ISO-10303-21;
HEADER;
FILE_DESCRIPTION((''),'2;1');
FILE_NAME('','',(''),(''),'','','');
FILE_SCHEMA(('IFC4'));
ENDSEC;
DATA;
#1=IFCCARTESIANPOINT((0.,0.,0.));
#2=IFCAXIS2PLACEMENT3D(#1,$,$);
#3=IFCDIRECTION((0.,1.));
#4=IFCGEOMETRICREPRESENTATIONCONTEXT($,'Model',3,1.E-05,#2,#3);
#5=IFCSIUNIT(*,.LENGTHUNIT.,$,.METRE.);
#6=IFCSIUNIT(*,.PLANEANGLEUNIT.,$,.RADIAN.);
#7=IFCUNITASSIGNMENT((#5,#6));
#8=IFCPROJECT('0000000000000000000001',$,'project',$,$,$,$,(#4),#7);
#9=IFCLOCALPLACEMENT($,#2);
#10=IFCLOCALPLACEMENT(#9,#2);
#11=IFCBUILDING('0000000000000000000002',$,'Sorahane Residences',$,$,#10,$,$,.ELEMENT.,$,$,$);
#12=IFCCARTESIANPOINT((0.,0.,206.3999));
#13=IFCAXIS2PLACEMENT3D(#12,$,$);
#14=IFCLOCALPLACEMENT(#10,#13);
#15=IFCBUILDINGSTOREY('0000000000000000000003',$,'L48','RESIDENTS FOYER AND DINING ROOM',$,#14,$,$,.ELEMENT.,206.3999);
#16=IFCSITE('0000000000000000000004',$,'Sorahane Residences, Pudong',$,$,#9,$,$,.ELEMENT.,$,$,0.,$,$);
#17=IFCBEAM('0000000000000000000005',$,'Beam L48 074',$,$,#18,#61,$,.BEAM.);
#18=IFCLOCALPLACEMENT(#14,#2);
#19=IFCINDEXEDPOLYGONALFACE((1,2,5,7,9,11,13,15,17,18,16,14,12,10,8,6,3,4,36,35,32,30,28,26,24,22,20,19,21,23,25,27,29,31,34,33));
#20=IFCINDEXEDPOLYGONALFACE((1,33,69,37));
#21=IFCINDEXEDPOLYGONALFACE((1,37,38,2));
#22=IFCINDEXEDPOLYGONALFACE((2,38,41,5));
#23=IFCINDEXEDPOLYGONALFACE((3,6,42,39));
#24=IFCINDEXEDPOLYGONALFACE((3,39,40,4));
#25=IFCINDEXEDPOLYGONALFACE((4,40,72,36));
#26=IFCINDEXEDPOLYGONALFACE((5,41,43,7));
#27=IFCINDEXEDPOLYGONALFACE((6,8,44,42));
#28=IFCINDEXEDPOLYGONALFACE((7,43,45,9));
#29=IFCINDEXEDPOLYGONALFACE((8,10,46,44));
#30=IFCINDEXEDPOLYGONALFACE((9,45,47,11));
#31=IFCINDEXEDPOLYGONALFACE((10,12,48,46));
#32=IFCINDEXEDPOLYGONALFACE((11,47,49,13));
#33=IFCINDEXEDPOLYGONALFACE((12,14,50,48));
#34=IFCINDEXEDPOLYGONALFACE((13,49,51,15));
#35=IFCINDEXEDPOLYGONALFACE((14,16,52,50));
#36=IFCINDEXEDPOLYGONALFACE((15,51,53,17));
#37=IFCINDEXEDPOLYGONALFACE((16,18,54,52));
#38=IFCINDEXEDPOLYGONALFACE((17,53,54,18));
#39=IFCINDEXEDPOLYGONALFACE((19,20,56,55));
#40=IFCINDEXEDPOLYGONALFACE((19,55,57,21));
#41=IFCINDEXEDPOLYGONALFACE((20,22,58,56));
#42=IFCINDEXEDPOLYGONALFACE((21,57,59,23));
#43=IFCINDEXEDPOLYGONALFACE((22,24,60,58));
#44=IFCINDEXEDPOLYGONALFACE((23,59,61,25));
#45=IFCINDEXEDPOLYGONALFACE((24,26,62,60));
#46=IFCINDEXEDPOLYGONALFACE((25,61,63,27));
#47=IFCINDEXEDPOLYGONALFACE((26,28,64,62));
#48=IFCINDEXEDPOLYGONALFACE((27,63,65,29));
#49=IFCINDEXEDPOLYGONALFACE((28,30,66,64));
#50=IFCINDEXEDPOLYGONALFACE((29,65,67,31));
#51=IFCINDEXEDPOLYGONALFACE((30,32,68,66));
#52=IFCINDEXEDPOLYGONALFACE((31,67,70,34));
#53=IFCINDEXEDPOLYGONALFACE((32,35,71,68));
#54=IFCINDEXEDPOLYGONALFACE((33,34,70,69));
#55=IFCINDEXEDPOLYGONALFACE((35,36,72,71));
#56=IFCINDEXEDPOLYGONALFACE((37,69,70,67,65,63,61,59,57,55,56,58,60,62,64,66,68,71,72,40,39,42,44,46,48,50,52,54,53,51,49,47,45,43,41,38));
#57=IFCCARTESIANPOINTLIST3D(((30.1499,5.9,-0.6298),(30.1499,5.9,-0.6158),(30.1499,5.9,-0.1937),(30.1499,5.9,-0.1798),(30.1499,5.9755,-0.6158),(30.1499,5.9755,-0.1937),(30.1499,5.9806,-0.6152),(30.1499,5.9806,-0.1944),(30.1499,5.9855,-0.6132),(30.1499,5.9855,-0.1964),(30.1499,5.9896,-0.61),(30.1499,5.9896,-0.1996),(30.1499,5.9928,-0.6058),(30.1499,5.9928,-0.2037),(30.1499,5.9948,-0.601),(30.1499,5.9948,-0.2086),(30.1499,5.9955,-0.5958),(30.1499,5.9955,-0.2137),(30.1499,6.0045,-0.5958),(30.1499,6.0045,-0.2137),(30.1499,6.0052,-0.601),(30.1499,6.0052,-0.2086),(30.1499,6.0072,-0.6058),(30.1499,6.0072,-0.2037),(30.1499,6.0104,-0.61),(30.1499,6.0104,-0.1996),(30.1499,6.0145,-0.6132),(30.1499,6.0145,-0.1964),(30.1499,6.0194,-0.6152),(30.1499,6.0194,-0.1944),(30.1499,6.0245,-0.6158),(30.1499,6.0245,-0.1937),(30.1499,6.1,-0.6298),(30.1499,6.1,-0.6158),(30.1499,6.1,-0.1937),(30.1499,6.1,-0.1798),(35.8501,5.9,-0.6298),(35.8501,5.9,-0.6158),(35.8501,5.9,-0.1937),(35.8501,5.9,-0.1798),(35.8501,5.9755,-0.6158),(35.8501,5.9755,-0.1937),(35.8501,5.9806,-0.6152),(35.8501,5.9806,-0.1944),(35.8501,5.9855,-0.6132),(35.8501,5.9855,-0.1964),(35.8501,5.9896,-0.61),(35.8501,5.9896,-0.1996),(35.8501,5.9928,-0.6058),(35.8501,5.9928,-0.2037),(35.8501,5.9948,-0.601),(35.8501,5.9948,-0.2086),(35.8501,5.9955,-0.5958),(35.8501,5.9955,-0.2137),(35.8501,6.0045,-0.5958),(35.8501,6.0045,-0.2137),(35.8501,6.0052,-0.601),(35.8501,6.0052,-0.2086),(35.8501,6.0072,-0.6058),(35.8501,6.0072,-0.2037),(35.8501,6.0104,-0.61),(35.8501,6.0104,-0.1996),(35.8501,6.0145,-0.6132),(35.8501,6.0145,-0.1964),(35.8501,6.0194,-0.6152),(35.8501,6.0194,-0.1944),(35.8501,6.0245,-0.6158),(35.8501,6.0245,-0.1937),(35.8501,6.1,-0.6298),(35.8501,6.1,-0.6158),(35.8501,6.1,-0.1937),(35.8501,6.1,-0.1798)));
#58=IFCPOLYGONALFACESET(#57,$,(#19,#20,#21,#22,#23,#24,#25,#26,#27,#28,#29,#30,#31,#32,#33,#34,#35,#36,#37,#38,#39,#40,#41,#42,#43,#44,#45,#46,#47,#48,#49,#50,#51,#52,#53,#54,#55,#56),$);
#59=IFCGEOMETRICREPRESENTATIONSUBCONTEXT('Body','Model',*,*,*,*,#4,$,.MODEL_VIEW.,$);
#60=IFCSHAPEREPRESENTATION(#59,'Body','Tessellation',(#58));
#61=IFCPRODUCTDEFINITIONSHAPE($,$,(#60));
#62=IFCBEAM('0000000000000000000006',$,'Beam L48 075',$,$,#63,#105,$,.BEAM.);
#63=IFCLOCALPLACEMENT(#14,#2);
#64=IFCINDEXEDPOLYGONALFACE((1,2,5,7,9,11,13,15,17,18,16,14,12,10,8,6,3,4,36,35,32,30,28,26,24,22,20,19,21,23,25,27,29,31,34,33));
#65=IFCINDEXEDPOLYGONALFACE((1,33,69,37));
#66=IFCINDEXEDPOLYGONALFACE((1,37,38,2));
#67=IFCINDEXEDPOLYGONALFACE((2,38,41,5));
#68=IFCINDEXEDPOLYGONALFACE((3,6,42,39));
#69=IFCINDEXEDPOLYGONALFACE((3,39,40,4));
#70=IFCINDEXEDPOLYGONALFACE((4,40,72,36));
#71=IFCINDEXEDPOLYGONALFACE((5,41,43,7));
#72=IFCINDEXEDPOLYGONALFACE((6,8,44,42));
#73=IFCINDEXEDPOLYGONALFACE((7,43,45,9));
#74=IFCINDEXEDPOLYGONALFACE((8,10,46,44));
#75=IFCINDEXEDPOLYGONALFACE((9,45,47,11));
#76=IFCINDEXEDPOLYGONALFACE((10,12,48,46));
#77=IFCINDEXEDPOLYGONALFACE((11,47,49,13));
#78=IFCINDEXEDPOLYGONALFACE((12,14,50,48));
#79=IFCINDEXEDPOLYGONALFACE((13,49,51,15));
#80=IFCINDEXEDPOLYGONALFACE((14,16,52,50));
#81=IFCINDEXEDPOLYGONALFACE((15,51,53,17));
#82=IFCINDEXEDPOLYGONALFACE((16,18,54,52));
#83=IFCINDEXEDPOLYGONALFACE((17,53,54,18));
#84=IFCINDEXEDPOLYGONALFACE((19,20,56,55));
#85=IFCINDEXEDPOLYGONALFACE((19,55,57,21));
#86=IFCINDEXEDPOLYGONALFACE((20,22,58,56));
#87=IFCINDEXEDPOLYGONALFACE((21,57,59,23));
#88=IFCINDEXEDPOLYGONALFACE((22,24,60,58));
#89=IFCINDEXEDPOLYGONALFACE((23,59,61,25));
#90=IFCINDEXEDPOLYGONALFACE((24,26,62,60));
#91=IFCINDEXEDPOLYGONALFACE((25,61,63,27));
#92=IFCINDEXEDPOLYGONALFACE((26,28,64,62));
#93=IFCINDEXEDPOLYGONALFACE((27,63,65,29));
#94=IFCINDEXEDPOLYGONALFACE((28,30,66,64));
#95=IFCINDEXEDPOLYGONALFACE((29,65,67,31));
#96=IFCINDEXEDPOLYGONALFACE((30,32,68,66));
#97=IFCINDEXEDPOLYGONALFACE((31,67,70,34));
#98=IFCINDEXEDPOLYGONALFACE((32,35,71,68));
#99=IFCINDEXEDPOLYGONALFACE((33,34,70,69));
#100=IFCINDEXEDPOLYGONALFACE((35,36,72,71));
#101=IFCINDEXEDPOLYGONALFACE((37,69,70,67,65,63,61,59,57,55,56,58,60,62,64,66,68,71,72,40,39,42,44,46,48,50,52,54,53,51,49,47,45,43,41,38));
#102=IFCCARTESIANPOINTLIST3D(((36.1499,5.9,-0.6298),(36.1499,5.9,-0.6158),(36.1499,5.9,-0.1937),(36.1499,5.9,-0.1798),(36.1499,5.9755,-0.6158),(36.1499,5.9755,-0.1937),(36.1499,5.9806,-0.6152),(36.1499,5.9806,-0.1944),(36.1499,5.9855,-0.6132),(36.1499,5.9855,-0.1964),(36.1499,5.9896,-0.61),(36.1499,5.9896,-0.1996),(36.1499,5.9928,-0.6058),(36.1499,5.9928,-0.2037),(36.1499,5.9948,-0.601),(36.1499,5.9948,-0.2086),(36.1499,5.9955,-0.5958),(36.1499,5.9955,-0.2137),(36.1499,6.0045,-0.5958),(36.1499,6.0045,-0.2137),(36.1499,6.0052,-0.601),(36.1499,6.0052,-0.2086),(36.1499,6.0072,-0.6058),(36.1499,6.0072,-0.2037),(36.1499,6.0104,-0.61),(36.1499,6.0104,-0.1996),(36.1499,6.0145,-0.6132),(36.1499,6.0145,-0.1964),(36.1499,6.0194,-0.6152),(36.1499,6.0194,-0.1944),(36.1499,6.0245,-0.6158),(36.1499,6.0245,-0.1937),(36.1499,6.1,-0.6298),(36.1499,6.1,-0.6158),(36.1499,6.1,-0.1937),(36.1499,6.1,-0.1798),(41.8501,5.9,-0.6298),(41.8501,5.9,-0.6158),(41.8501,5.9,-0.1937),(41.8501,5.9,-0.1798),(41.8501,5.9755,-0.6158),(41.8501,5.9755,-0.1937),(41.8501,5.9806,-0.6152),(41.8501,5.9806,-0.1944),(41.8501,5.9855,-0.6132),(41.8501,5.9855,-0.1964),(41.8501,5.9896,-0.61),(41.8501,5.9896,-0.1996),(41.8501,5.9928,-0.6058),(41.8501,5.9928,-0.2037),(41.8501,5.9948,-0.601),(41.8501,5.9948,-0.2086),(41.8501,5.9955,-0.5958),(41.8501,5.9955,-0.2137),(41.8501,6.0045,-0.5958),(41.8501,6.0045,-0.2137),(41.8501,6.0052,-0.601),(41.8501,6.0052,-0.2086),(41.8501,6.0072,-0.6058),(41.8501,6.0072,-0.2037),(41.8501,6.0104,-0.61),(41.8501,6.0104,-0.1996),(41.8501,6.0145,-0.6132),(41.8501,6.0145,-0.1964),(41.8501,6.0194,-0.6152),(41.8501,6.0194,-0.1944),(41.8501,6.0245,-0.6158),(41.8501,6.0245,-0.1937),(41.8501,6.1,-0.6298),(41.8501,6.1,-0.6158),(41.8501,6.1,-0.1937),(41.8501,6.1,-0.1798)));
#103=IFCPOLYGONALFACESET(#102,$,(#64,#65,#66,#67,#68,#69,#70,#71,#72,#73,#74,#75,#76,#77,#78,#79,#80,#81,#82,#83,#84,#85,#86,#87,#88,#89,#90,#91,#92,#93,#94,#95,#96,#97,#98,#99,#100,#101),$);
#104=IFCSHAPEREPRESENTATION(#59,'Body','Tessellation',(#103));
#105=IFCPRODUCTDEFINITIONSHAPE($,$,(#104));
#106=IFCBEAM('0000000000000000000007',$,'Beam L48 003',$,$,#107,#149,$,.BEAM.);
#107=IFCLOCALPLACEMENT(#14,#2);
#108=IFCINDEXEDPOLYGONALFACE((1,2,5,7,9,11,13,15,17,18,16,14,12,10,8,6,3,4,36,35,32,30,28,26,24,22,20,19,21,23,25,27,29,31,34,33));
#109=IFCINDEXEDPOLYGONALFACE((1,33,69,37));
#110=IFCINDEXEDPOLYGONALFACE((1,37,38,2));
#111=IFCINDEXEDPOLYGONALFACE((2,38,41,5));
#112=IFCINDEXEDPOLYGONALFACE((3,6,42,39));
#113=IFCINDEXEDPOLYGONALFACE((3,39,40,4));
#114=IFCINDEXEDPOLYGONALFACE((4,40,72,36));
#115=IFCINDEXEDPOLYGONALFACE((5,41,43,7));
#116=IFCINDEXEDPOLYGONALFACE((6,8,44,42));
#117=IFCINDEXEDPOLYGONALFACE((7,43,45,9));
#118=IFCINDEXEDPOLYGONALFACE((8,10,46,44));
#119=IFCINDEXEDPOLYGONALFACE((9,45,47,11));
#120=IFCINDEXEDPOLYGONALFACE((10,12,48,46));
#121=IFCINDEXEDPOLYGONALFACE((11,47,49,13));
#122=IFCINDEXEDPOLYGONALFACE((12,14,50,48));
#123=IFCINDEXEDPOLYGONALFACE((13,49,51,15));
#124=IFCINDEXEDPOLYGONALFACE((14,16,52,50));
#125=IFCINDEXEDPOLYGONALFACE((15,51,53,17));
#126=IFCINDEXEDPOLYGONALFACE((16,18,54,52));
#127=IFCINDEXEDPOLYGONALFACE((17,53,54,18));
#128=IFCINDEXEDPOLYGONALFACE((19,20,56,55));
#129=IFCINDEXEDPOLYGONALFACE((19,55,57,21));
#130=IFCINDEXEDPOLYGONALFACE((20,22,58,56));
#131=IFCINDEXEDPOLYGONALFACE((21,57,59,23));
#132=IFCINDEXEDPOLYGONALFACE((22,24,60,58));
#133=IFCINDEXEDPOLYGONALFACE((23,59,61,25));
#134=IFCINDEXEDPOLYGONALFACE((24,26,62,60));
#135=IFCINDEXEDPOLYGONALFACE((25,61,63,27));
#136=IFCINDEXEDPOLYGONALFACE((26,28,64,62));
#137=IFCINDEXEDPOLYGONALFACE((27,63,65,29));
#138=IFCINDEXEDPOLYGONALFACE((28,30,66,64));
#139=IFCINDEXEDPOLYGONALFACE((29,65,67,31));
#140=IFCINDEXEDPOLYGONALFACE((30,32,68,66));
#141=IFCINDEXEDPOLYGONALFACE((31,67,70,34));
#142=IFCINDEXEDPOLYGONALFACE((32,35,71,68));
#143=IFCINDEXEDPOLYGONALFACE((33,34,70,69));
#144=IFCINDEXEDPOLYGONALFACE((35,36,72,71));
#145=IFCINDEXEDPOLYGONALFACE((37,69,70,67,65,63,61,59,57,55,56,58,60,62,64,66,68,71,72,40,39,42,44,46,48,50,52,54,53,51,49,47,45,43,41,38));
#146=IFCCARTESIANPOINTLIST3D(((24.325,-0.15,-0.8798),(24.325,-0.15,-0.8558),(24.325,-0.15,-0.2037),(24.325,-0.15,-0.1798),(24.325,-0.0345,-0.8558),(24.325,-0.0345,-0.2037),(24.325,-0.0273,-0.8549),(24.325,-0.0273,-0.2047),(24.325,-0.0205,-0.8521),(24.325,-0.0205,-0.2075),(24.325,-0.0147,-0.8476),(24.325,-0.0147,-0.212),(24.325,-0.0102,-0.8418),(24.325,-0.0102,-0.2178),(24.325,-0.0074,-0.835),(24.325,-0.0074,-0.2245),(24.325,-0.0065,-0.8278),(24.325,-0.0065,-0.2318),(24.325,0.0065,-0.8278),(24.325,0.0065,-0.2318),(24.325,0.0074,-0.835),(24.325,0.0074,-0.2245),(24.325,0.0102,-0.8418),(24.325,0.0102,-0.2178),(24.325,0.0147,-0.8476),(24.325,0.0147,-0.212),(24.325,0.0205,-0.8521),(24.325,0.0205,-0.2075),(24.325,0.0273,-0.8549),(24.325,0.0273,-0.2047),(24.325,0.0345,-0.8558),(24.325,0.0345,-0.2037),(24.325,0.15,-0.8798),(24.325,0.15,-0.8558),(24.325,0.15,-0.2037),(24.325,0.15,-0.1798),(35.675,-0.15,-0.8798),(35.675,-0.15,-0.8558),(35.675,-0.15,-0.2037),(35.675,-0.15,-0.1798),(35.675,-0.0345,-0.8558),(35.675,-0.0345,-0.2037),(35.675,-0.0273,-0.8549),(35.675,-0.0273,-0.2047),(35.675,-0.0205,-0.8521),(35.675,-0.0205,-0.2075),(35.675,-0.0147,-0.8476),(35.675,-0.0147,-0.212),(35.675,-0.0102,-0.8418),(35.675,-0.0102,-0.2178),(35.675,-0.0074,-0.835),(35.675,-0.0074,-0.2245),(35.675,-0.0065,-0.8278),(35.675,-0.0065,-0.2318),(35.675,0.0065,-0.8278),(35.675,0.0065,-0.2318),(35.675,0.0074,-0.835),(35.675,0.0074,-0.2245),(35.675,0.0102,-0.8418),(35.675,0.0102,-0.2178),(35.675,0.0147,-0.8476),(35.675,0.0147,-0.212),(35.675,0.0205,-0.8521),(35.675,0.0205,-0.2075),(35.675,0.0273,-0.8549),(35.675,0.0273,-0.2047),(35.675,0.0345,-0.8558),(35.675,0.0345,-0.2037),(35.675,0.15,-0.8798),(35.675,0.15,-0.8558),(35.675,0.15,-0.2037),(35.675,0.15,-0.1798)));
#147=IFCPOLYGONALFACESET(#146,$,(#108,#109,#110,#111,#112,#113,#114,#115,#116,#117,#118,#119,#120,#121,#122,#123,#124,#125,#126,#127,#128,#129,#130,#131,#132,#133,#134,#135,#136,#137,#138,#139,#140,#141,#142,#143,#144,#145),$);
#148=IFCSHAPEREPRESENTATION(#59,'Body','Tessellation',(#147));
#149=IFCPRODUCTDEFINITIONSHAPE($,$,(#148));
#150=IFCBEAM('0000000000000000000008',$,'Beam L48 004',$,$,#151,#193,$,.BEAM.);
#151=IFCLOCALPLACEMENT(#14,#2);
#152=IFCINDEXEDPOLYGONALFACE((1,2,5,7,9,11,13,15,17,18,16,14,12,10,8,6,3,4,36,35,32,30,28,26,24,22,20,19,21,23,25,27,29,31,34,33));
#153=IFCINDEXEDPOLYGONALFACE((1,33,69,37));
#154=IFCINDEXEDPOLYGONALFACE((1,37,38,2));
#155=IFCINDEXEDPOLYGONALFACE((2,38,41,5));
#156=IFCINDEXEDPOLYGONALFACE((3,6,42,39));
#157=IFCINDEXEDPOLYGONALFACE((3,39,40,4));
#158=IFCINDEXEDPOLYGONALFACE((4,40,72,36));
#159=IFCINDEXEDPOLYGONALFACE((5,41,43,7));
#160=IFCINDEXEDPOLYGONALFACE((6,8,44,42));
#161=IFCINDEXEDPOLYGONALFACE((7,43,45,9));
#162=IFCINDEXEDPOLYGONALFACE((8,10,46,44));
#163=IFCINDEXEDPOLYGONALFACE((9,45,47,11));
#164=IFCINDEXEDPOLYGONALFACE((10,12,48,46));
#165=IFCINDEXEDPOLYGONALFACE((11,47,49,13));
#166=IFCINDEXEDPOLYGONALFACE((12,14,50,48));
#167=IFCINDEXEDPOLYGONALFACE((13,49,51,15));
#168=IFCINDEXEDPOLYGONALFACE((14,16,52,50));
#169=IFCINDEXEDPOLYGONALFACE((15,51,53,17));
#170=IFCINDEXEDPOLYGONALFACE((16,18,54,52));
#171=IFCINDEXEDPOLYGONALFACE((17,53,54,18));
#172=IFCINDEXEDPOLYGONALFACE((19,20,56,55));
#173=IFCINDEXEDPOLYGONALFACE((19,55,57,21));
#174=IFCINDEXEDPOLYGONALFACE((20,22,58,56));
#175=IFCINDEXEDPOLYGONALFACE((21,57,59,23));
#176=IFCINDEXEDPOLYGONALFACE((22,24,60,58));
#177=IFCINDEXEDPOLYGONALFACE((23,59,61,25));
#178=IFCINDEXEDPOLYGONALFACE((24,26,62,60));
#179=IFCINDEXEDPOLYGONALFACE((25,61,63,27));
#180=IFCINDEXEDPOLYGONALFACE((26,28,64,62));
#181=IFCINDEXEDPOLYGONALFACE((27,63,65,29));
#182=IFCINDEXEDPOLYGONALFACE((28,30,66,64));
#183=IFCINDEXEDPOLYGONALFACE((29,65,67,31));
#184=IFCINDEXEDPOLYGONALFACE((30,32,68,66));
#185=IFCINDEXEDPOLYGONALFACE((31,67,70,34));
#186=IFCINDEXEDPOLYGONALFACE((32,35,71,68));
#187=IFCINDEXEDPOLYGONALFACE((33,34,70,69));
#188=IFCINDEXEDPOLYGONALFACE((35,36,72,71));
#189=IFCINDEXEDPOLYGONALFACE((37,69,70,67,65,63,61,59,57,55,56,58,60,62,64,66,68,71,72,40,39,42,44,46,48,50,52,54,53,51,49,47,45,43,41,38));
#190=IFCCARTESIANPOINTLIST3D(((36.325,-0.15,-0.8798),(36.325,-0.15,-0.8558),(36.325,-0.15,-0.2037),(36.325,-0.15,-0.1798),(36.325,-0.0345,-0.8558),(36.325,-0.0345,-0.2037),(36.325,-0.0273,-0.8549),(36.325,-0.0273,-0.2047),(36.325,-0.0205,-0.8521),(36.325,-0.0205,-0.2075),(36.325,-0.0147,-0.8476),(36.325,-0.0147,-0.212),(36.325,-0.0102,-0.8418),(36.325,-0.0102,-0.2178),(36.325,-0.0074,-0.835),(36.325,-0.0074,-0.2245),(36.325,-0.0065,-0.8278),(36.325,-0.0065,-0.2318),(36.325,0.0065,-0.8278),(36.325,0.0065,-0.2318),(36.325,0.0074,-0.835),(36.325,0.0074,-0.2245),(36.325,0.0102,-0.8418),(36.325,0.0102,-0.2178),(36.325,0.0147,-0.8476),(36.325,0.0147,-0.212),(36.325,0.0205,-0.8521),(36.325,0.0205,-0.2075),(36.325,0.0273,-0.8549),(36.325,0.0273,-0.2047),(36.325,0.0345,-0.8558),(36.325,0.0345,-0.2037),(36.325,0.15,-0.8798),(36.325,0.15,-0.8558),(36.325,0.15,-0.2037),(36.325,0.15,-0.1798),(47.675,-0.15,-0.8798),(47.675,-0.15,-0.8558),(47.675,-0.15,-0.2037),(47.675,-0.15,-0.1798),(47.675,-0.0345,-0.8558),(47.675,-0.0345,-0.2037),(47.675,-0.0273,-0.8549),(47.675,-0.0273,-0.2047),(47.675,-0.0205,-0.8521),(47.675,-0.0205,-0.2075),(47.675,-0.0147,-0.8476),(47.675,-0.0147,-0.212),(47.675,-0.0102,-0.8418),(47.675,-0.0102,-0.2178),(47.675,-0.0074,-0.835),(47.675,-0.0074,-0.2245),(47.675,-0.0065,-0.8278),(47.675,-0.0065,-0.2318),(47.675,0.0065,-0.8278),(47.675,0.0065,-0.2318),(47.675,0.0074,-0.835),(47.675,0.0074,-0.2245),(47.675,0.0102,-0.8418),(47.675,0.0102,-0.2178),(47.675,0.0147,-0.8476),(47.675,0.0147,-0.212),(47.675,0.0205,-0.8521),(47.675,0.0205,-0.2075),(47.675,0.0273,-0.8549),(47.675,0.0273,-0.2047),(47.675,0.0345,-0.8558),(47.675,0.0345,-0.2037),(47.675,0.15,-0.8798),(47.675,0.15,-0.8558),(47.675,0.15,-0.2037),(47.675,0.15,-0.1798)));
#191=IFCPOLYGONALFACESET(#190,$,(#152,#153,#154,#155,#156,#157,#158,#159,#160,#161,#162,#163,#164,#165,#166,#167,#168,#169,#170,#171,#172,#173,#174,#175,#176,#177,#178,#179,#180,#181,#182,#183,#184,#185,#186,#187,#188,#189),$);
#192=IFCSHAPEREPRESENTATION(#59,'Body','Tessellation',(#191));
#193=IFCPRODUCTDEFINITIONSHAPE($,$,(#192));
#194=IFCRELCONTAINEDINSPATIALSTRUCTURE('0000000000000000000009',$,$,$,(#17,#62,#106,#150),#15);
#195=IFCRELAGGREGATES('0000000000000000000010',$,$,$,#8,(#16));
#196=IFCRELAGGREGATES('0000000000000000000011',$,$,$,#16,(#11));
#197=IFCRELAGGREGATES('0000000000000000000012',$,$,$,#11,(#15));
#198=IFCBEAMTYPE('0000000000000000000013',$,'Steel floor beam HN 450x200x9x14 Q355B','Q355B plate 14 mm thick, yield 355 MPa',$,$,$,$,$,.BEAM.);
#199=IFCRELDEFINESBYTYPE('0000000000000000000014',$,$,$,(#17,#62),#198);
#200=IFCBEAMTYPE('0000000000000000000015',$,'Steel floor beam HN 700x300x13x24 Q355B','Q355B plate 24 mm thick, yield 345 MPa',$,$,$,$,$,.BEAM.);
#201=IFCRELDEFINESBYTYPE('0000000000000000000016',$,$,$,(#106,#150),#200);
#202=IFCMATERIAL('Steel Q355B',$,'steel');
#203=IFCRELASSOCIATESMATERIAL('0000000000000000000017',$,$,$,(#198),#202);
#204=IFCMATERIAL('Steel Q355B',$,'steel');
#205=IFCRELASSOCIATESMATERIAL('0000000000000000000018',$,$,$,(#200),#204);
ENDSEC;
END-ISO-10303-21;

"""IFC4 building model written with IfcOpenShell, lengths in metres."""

from ifc_helpers import new_model, si_unit, direction, frame, origin, origin_2d, place, context, subcontext, project, spatial, i_section, extrude, material, material_profile, profile_set, type_object, element, save


model = new_model("IFC4")

# Units and contexts
model_context = context("Model", 3, precision=1e-05, world=origin(), true_north=direction((0.0, 1.0)))
body_context = subcontext(model_context, "Body", "Model", "MODEL_VIEW")
ifc_project = project(units=[si_unit("LENGTHUNIT", "METRE"), si_unit("PLANEANGLEUNIT", "RADIAN")], contexts=[model_context])

# Site, building, storey
site_placement = place(None, origin())
site = spatial("IfcSite", under=ifc_project, at=site_placement, Name="Sorahane Residences, Pudong", CompositionType="ELEMENT", RefElevation=0.0)
building_placement = place(site_placement, origin())
building = spatial("IfcBuilding", under=site, at=building_placement, Name="Sorahane Residences", CompositionType="ELEMENT")
storey_placement = place(building_placement, frame((0.0, 0.0, 206.3999)))
storey = spatial("IfcBuildingStorey", under=building, at=storey_placement, Name="L48", Description="RESIDENTS FOYER AND DINING ROOM", CompositionType="ELEMENT", Elevation=206.3999)

# Beams
ifc_material_1 = material(Name="Steel Q355B", Category="steel")
ifc_material_profile_1 = material_profile(ifc_material_1, i_section(OverallWidth=0.2, OverallDepth=0.45, WebThickness=0.009, FlangeThickness=0.0139, FilletRadius=0.02, at=origin_2d()), Name="HN 450x200x9x14")
ifc_profile_set_1 = profile_set([ifc_material_profile_1], Name="Steel Q355B")
beam_type_1 = type_object("IfcBeamType", Name="Steel floor beam HN 450x200x9x14 Q355B", Description="Q355B plate 14 mm thick, yield 355 MPa", PredefinedType="BEAM", material=ifc_profile_set_1)
for number, where, z_axis, x_axis, name in (
    (1, (30.1499, 6.0, -0.4048), (1.0, 0.0, 0.0), (0.0, 1.0, 0.0), "Beam L48 074"),
    (2, (36.1499, 6.0, -0.4048), (1.0, 0.0, 0.0), (0.0, 1.0, 0.0), "Beam L48 075"),
):
    element("IfcBeam", number, at=place(storey_placement, frame(where, z_axis=z_axis, x_axis=x_axis)), inside=storey, type_object=beam_type_1, Name=name, PredefinedType="BEAM", context=body_context, shape_type="SweptSolid", body=[
        extrude(i_section(OverallWidth=0.2, OverallDepth=0.45, WebThickness=0.009, FlangeThickness=0.0139, FilletRadius=0.02, at=origin_2d()), origin(), (0.0, 0.0, 1.0), 5.7002),
    ])
ifc_material_2 = material(Name="Steel Q355B", Category="steel")
ifc_material_profile_2 = material_profile(ifc_material_2, i_section(OverallWidth=0.3, OverallDepth=0.7, WebThickness=0.0129, FlangeThickness=0.0239, FilletRadius=0.0281, at=origin_2d()), Name="HN 700x300x13x24")
ifc_profile_set_2 = profile_set([ifc_material_profile_2], Name="Steel Q355B")
beam_type_2 = type_object("IfcBeamType", Name="Steel floor beam HN 700x300x13x24 Q355B", Description="Q355B plate 24 mm thick, yield 345 MPa", PredefinedType="BEAM", material=ifc_profile_set_2)
for number, where, z_axis, x_axis, name in (
    (3, (24.325, 0.0, -0.5298), (1.0, 0.0, 0.0), (0.0, 1.0, 0.0), "Beam L48 003"),
    (4, (36.325, 0.0, -0.5298), (1.0, 0.0, 0.0), (0.0, 1.0, 0.0), "Beam L48 004"),
):
    element("IfcBeam", number, at=place(storey_placement, frame(where, z_axis=z_axis, x_axis=x_axis)), inside=storey, type_object=beam_type_2, Name=name, PredefinedType="BEAM", context=body_context, shape_type="SweptSolid", body=[
        extrude(i_section(OverallWidth=0.3, OverallDepth=0.7, WebThickness=0.0129, FlangeThickness=0.0239, FilletRadius=0.0281, at=origin_2d()), origin(), (0.0, 0.0, 1.0), 11.3501),
    ])

save(model, "model.ifc")
